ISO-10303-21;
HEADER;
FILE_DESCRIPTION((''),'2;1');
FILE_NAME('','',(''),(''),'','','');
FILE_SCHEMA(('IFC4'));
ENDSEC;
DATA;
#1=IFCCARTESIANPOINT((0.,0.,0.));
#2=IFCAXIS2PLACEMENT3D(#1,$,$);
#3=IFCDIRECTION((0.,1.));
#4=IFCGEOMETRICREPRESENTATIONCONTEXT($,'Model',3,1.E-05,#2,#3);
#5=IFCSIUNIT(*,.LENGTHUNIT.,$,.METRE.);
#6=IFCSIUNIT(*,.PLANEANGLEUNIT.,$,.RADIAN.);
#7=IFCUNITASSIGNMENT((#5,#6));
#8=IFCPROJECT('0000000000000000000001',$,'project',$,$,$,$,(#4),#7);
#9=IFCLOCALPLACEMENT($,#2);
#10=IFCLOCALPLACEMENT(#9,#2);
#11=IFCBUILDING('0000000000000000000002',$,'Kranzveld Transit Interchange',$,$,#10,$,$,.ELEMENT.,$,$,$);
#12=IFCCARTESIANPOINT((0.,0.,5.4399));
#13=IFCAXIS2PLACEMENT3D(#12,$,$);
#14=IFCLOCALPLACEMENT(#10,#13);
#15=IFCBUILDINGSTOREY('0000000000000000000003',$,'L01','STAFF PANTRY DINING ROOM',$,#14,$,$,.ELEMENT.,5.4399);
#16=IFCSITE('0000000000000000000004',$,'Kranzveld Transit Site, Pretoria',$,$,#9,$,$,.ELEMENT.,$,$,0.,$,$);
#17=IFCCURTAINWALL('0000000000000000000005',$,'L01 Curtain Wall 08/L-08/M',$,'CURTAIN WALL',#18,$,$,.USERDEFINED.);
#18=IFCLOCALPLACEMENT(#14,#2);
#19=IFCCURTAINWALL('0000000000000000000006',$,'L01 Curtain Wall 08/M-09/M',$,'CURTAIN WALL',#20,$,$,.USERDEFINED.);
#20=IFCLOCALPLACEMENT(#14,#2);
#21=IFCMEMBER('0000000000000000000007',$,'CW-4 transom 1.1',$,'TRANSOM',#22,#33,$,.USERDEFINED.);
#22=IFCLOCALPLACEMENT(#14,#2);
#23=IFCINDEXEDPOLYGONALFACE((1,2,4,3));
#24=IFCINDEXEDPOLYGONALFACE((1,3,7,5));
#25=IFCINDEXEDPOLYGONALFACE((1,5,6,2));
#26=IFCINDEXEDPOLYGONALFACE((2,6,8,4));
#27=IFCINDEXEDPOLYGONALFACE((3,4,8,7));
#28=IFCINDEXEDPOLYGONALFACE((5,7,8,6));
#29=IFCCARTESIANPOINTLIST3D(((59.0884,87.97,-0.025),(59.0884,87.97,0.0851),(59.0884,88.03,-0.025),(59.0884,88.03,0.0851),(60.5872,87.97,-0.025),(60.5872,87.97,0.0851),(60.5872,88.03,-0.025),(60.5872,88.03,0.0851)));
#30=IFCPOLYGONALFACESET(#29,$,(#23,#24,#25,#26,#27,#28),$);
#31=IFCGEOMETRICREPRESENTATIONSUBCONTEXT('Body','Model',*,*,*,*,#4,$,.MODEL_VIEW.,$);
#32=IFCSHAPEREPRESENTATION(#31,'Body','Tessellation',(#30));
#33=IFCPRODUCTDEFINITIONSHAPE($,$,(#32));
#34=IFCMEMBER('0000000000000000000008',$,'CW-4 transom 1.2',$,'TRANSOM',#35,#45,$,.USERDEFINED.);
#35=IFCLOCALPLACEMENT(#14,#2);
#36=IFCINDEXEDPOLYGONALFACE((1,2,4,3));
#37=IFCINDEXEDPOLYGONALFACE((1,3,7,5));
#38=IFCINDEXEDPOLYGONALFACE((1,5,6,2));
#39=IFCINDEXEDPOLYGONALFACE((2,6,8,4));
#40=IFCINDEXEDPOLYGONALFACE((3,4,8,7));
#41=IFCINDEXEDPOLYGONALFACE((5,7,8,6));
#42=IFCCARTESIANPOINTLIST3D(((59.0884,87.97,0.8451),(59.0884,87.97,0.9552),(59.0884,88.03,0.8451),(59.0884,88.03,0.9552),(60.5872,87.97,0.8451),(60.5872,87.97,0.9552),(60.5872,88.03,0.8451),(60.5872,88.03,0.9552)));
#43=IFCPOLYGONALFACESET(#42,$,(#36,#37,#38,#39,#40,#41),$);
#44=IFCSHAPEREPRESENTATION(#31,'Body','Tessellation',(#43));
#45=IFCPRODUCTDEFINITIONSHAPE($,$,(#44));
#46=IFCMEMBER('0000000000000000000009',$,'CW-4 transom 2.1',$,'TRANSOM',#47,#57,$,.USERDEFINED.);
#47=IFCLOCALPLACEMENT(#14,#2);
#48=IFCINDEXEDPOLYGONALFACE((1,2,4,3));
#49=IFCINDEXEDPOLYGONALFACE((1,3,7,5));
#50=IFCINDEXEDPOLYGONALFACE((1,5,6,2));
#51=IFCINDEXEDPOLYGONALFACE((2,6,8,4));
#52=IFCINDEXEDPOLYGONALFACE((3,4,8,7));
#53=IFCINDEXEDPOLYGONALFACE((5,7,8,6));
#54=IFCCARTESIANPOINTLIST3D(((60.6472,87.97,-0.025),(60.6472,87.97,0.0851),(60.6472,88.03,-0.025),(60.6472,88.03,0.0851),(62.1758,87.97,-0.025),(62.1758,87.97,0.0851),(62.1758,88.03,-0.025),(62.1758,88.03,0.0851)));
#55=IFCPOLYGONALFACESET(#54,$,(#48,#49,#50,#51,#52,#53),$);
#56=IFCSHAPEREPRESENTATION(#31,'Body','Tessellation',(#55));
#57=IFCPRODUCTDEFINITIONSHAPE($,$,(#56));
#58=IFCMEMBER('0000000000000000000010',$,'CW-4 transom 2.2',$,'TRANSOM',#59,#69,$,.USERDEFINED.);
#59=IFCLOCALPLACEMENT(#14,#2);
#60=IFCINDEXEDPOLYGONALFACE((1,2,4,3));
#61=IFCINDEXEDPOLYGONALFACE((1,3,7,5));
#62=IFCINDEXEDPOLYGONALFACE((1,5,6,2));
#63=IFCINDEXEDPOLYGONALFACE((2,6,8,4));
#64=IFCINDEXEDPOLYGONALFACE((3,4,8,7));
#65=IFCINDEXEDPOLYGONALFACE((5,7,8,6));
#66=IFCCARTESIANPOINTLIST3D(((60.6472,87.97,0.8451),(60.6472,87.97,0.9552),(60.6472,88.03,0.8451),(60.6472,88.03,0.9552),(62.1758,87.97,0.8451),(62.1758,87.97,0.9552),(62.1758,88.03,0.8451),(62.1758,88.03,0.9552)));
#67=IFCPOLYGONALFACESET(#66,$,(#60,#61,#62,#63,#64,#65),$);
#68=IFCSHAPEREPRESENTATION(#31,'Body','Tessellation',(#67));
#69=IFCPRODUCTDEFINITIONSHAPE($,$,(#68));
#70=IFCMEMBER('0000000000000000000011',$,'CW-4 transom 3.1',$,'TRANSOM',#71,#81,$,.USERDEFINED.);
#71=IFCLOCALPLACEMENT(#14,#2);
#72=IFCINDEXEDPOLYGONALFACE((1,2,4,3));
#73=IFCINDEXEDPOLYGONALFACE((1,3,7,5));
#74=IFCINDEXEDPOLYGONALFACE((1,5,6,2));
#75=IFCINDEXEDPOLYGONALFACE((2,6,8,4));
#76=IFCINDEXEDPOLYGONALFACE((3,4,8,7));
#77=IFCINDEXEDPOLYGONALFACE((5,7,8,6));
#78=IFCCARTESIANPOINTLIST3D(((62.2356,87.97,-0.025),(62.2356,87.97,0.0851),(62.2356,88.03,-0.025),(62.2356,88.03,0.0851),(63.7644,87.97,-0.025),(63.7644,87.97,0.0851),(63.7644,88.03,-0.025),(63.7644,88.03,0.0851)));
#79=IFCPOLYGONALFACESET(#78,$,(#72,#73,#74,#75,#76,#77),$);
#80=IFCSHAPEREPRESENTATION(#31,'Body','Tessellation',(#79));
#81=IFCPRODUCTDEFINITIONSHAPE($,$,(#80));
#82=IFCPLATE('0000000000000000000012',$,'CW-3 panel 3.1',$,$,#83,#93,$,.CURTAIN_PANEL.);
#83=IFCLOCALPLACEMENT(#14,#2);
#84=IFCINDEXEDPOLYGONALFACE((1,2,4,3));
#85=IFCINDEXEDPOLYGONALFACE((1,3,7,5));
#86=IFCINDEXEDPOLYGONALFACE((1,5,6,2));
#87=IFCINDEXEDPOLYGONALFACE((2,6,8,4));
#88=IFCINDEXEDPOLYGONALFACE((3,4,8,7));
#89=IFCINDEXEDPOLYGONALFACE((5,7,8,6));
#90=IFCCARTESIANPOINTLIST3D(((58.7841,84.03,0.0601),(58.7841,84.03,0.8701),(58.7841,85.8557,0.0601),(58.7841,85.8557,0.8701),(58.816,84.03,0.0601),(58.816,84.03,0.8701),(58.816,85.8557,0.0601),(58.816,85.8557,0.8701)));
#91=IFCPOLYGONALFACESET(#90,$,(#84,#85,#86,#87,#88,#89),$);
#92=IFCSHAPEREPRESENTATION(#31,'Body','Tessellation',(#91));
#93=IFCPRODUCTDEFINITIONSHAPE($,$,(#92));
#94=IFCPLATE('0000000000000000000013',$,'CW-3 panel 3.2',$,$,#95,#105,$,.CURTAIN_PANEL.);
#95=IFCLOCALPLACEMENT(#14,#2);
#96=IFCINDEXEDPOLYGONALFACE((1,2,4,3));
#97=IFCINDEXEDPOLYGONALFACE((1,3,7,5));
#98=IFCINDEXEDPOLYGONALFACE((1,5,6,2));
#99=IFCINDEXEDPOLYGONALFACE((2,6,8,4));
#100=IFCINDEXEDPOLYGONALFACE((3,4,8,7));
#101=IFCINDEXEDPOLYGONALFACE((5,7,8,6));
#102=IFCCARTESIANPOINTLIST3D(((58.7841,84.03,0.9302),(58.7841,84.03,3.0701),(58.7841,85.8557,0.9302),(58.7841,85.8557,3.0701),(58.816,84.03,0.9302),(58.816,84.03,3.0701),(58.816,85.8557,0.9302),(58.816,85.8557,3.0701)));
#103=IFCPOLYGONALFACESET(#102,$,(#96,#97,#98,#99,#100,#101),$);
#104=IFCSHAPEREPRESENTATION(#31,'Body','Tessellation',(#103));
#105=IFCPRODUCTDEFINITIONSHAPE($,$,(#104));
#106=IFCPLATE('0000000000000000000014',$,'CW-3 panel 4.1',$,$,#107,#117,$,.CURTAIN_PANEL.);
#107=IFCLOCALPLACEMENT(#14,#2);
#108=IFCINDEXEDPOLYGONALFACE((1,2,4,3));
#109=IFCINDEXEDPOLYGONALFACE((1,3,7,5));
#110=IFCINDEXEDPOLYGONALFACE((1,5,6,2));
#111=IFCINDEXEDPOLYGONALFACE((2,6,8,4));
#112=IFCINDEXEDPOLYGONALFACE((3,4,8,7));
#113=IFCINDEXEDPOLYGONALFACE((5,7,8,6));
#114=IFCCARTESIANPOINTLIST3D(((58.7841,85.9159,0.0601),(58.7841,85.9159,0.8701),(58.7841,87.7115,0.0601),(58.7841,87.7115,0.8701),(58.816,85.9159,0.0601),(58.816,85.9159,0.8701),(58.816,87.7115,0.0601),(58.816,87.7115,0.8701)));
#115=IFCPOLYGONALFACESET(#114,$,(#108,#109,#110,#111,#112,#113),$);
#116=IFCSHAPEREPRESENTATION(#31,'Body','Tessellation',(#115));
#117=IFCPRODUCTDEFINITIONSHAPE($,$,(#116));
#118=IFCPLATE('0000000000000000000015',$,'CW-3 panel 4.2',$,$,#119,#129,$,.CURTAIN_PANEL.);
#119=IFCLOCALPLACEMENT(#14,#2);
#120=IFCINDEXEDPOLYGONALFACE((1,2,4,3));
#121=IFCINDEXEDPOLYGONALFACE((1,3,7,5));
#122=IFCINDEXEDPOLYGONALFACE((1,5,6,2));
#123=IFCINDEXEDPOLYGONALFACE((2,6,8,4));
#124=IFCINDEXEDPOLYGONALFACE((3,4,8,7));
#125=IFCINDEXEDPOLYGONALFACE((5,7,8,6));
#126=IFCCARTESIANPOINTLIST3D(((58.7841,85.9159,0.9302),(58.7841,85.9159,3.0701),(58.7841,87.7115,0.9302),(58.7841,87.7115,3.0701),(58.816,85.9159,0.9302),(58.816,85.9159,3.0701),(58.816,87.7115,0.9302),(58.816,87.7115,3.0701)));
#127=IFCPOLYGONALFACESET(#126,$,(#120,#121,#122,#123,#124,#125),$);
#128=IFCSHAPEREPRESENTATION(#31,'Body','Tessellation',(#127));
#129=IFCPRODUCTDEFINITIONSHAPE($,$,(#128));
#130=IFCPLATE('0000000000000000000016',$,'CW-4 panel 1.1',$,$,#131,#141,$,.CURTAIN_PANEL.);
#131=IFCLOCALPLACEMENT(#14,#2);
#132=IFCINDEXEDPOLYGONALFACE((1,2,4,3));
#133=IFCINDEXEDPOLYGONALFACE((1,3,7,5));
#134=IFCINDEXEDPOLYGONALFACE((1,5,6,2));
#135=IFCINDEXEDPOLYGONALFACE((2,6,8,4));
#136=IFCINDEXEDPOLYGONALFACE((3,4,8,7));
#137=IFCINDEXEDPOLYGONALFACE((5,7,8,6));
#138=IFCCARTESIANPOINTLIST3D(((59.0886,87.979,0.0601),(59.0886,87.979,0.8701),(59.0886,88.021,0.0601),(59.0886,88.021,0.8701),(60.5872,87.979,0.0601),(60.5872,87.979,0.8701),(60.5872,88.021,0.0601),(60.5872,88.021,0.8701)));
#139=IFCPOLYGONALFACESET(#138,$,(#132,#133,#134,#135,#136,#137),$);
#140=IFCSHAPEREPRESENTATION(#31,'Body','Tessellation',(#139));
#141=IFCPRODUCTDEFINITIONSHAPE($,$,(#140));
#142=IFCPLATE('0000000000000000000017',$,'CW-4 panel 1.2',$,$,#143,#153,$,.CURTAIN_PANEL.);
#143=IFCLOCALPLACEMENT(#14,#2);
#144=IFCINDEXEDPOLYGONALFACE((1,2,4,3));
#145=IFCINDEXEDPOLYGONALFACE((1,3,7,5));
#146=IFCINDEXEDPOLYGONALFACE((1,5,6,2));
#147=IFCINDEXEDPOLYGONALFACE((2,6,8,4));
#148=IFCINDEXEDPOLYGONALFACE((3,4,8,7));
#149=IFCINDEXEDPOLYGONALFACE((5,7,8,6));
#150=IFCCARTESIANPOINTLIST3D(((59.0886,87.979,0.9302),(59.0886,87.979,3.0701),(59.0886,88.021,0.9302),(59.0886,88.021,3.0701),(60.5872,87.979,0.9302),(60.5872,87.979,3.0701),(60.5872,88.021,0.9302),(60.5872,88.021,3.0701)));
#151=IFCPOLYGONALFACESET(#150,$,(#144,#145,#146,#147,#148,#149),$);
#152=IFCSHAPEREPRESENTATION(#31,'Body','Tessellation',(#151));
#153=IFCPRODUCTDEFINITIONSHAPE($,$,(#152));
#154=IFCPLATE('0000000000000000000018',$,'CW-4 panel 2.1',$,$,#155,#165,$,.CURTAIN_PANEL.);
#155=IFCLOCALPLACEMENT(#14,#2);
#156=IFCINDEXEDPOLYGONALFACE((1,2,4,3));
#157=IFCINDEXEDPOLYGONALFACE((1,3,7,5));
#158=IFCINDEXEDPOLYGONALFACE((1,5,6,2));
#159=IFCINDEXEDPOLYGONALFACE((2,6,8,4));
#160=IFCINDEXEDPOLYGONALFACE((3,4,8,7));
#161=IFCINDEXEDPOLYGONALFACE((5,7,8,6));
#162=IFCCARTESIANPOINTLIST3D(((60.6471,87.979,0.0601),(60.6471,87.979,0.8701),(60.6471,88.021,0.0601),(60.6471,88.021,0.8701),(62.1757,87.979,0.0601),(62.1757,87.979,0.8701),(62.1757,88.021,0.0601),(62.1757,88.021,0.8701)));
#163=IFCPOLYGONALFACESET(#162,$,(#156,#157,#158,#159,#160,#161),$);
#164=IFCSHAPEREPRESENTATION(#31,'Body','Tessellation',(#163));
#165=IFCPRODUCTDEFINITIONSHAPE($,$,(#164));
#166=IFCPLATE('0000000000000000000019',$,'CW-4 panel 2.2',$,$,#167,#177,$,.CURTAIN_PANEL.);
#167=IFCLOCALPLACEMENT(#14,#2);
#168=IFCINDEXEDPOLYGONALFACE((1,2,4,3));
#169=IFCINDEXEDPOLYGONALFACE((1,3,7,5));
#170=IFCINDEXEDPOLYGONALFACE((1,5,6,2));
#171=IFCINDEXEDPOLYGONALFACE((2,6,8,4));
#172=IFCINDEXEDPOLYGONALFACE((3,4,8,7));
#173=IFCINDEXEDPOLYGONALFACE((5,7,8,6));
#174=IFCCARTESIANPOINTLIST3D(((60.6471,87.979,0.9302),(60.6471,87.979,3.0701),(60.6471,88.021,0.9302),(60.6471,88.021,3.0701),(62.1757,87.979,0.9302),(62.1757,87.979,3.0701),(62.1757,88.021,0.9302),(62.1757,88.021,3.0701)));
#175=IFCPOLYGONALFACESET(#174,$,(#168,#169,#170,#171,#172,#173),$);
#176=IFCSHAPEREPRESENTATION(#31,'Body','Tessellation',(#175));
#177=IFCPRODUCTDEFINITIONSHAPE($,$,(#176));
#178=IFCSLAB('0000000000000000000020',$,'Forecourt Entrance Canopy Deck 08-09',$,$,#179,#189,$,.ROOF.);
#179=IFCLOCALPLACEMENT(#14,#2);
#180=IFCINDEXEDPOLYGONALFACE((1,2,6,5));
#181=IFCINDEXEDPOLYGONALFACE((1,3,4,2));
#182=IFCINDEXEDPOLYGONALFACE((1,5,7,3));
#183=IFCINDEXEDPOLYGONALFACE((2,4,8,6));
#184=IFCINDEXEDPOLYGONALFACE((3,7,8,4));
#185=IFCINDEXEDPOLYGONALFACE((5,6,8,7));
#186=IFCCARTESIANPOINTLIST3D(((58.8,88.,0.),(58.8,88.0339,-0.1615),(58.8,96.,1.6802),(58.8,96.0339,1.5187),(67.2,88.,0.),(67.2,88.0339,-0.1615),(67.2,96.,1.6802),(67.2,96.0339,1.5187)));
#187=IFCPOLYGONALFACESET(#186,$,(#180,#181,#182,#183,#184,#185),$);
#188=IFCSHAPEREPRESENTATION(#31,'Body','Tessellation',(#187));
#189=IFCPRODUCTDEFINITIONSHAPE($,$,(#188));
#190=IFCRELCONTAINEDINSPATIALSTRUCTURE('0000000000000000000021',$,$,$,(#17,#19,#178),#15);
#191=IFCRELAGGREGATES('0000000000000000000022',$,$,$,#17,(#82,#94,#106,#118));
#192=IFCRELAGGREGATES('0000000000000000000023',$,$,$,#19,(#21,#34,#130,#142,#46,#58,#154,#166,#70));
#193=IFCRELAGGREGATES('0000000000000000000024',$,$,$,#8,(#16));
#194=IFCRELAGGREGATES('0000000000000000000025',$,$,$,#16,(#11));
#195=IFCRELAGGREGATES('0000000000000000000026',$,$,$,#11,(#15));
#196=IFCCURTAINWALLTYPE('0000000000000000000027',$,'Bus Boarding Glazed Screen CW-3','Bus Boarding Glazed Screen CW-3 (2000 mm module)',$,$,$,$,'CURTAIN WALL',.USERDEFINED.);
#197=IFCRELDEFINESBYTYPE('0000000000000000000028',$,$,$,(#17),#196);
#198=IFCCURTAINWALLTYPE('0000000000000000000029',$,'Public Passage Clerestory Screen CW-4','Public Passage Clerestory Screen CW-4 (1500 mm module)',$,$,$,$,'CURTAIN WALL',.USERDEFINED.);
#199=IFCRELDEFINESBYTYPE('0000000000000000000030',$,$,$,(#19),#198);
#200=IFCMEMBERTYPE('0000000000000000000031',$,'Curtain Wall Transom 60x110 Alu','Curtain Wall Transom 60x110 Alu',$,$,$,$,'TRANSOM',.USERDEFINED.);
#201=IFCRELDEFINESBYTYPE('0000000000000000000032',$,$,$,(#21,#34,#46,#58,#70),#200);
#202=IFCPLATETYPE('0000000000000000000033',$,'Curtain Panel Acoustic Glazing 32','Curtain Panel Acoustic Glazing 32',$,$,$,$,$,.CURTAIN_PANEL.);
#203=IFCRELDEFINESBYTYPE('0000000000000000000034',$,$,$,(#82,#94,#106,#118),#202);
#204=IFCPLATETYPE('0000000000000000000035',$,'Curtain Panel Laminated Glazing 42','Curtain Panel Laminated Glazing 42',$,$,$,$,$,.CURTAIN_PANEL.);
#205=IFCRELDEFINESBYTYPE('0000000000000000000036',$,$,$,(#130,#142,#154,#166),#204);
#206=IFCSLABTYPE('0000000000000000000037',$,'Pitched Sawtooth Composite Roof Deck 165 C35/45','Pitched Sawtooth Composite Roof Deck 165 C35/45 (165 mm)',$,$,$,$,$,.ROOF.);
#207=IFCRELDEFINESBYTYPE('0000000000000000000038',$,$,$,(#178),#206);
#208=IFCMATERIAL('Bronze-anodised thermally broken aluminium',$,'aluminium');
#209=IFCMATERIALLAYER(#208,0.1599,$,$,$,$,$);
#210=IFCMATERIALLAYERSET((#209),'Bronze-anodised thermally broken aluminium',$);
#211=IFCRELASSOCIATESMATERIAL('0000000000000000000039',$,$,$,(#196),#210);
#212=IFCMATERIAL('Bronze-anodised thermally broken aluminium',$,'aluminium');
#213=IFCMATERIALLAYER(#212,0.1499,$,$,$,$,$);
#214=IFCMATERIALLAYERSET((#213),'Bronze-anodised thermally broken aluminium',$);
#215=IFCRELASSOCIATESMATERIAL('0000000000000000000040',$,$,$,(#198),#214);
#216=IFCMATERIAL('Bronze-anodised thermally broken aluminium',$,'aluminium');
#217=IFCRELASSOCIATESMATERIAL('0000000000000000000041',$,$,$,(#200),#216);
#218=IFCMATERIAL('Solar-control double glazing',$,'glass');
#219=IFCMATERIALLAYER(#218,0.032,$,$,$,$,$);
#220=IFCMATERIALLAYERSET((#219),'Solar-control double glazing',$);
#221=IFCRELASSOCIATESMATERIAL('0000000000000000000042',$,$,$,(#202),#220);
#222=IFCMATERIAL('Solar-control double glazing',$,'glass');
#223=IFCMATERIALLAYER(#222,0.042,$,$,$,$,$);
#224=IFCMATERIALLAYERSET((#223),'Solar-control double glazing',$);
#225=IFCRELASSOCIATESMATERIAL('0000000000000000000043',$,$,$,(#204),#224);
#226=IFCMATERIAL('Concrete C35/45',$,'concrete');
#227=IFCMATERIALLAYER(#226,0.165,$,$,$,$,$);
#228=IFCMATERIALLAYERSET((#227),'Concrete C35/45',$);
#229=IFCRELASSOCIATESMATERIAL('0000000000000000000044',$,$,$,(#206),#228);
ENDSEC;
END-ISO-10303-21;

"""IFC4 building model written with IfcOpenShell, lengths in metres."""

from ifc_helpers import new_model, si_unit, direction, frame, origin, origin_2d, place, context, subcontext, project, spatial, polyline, rectangle, outline, extrude, material, layer, layer_set, material_profile, profile_set, type_object, element, aggregate, save


model = new_model("IFC4")

# Units and contexts
model_context = context("Model", 3, precision=1e-05, world=origin(), true_north=direction((0.0, 1.0)))
body_context = subcontext(model_context, "Body", "Model", "MODEL_VIEW")
ifc_project = project(units=[si_unit("LENGTHUNIT", "METRE"), si_unit("PLANEANGLEUNIT", "RADIAN")], contexts=[model_context])

# Site, building, storey
site_placement = place(None, origin())
site = spatial("IfcSite", under=ifc_project, at=site_placement, Name="Kranzveld Transit Site, Pretoria", CompositionType="ELEMENT", RefElevation=0.0)
building_placement = place(site_placement, origin())
building = spatial("IfcBuilding", under=site, at=building_placement, Name="Kranzveld Transit Interchange", CompositionType="ELEMENT")
storey_placement = place(building_placement, frame((0.0, 0.0, 5.4399)))
storey = spatial("IfcBuildingStorey", under=building, at=storey_placement, Name="L01", Description="STAFF PANTRY DINING ROOM", CompositionType="ELEMENT", Elevation=5.4399)

# Curtain walls
ifc_material_1 = material(Name="Bronze-anodised thermally broken aluminium", Category="aluminium")
ifc_layer_1 = layer(ifc_material_1, 0.1599)
ifc_layer_set_1 = layer_set([ifc_layer_1], Name="Bronze-anodised thermally broken aluminium")
curtain_wall_type_1 = type_object("IfcCurtainWallType", Name="Bus Boarding Glazed Screen CW-3", Description="Bus Boarding Glazed Screen CW-3 (2000 mm module)", ElementType="CURTAIN WALL", PredefinedType="USERDEFINED", material=ifc_layer_set_1)
curtain_wall_1_placement = place(storey_placement, origin())
curtain_wall_1 = element("IfcCurtainWall", 1, at=curtain_wall_1_placement, inside=storey, type_object=curtain_wall_type_1, Name="L01 Curtain Wall 08/L-08/M", ObjectType="CURTAIN WALL", PredefinedType="USERDEFINED")
ifc_material_2 = material(Name="Bronze-anodised thermally broken aluminium", Category="aluminium")
ifc_layer_2 = layer(ifc_material_2, 0.1499)
ifc_layer_set_2 = layer_set([ifc_layer_2], Name="Bronze-anodised thermally broken aluminium")
curtain_wall_type_2 = type_object("IfcCurtainWallType", Name="Public Passage Clerestory Screen CW-4", Description="Public Passage Clerestory Screen CW-4 (1500 mm module)", ElementType="CURTAIN WALL", PredefinedType="USERDEFINED", material=ifc_layer_set_2)
curtain_wall_2_placement = place(storey_placement, origin())
curtain_wall_2 = element("IfcCurtainWall", 2, at=curtain_wall_2_placement, inside=storey, type_object=curtain_wall_type_2, Name="L01 Curtain Wall 08/M-09/M", ObjectType="CURTAIN WALL", PredefinedType="USERDEFINED")

# Members
ifc_material_3 = material(Name="Bronze-anodised thermally broken aluminium", Category="aluminium")
ifc_material_profile_1 = material_profile(ifc_material_3, rectangle(XDim=0.0601, YDim=0.1101, at=origin_2d()), Name="ALU TRANSOM 60x110")
ifc_profile_set_1 = profile_set([ifc_material_profile_1], Name="Bronze-anodised thermally broken aluminium")
member_type_1 = type_object("IfcMemberType", Name="Curtain Wall Transom 60x110 Alu", Description="Curtain Wall Transom 60x110 Alu", ElementType="TRANSOM", PredefinedType="USERDEFINED", material=ifc_profile_set_1)
member_1_placement = place(storey_placement, frame((59.0884, 88.0, 0.03), z_axis=(1.0, 0.0, 0.0), x_axis=(0.0, 1.0, 0.0)))
member_1 = element("IfcMember", 3, at=member_1_placement, type_object=member_type_1, Name="CW-4 transom 1.1", ObjectType="TRANSOM", PredefinedType="USERDEFINED", context=body_context, shape_type="SweptSolid", body=[
    extrude(rectangle(XDim=0.0601, YDim=0.1101, at=origin_2d()), origin(), (0.0, 0.0, 1.0), 1.4988),
])
member_2_placement = place(storey_placement, frame((59.0884, 88.0, 0.9001), z_axis=(1.0, 0.0, 0.0), x_axis=(0.0, 1.0, 0.0)))
member_2 = element("IfcMember", 4, at=member_2_placement, type_object=member_type_1, Name="CW-4 transom 1.2", ObjectType="TRANSOM", PredefinedType="USERDEFINED", context=body_context, shape_type="SweptSolid", body=[
    extrude(rectangle(XDim=0.0601, YDim=0.1101, at=origin_2d()), origin(), (0.0, 0.0, 1.0), 1.4988),
])
member_3_placement = place(storey_placement, frame((60.6472, 88.0, 0.03), z_axis=(1.0, 0.0, 0.0), x_axis=(0.0, 1.0, 0.0)))
member_3 = element("IfcMember", 5, at=member_3_placement, type_object=member_type_1, Name="CW-4 transom 2.1", ObjectType="TRANSOM", PredefinedType="USERDEFINED", context=body_context, shape_type="SweptSolid", body=[
    extrude(rectangle(XDim=0.0601, YDim=0.1101, at=origin_2d()), origin(), (0.0, 0.0, 1.0), 1.5286),
])
member_4_placement = place(storey_placement, frame((60.6472, 88.0, 0.9001), z_axis=(1.0, 0.0, 0.0), x_axis=(0.0, 1.0, 0.0)))
member_4 = element("IfcMember", 6, at=member_4_placement, type_object=member_type_1, Name="CW-4 transom 2.2", ObjectType="TRANSOM", PredefinedType="USERDEFINED", context=body_context, shape_type="SweptSolid", body=[
    extrude(rectangle(XDim=0.0601, YDim=0.1101, at=origin_2d()), origin(), (0.0, 0.0, 1.0), 1.5286),
])
member_5_placement = place(storey_placement, frame((62.2356, 88.0, 0.03), z_axis=(1.0, 0.0, 0.0), x_axis=(0.0, 1.0, 0.0)))
member_5 = element("IfcMember", 7, at=member_5_placement, type_object=member_type_1, Name="CW-4 transom 3.1", ObjectType="TRANSOM", PredefinedType="USERDEFINED", context=body_context, shape_type="SweptSolid", body=[
    extrude(rectangle(XDim=0.0601, YDim=0.1101, at=origin_2d()), origin(), (0.0, 0.0, 1.0), 1.5288),
])

# Plates
ifc_material_4 = material(Name="Solar-control double glazing", Category="glass")
ifc_layer_3 = layer(ifc_material_4, 0.032)
ifc_layer_set_3 = layer_set([ifc_layer_3], Name="Solar-control double glazing")
plate_type_1 = type_object("IfcPlateType", Name="Curtain Panel Acoustic Glazing 32", Description="Curtain Panel Acoustic Glazing 32", PredefinedType="CURTAIN_PANEL", material=ifc_layer_set_3)
plate_1_placement = place(storey_placement, frame((58.8, 84.9429, 0.0601), z_axis=(0.0, 0.0, 1.0), x_axis=(0.0, 1.0, 0.0)))
plate_1 = element("IfcPlate", 8, at=plate_1_placement, type_object=plate_type_1, Name="CW-3 panel 3.1", PredefinedType="CURTAIN_PANEL", context=body_context, shape_type="SweptSolid", body=[
    extrude(rectangle(XDim=1.8257, YDim=0.032, at=origin_2d()), origin(), (0.0, 0.0, 1.0), 0.8101),
])
plate_2_placement = place(storey_placement, frame((58.8, 84.9429, 0.9302), z_axis=(0.0, 0.0, 1.0), x_axis=(0.0, 1.0, 0.0)))
plate_2 = element("IfcPlate", 9, at=plate_2_placement, type_object=plate_type_1, Name="CW-3 panel 3.2", PredefinedType="CURTAIN_PANEL", context=body_context, shape_type="SweptSolid", body=[
    extrude(rectangle(XDim=1.8257, YDim=0.032, at=origin_2d()), origin(), (0.0, 0.0, 1.0), 2.1399),
])
plate_3_placement = place(storey_placement, frame((58.8, 86.8137, 0.0601), z_axis=(0.0, 0.0, 1.0), x_axis=(0.0, 1.0, 0.0)))
plate_3 = element("IfcPlate", 10, at=plate_3_placement, type_object=plate_type_1, Name="CW-3 panel 4.1", PredefinedType="CURTAIN_PANEL", context=body_context, shape_type="SweptSolid", body=[
    extrude(rectangle(XDim=1.7957, YDim=0.032, at=origin_2d()), origin(), (0.0, 0.0, 1.0), 0.8101),
])
plate_4_placement = place(storey_placement, frame((58.8, 86.8137, 0.9302), z_axis=(0.0, 0.0, 1.0), x_axis=(0.0, 1.0, 0.0)))
plate_4 = element("IfcPlate", 11, at=plate_4_placement, type_object=plate_type_1, Name="CW-3 panel 4.2", PredefinedType="CURTAIN_PANEL", context=body_context, shape_type="SweptSolid", body=[
    extrude(rectangle(XDim=1.7957, YDim=0.032, at=origin_2d()), origin(), (0.0, 0.0, 1.0), 2.1399),
])
aggregate(curtain_wall_1, [plate_1, plate_2, plate_3, plate_4])
ifc_material_5 = material(Name="Solar-control double glazing", Category="glass")
ifc_layer_4 = layer(ifc_material_5, 0.042)
ifc_layer_set_4 = layer_set([ifc_layer_4], Name="Solar-control double glazing")
plate_type_2 = type_object("IfcPlateType", Name="Curtain Panel Laminated Glazing 42", Description="Curtain Panel Laminated Glazing 42", PredefinedType="CURTAIN_PANEL", material=ifc_layer_set_4)
plate_5_placement = place(storey_placement, frame((59.8379, 88.0, 0.0601), z_axis=(0.0, 0.0, 1.0), x_axis=(1.0, 0.0, 0.0)))
plate_5 = element("IfcPlate", 12, at=plate_5_placement, type_object=plate_type_2, Name="CW-4 panel 1.1", PredefinedType="CURTAIN_PANEL", context=body_context, shape_type="SweptSolid", body=[
    extrude(rectangle(XDim=1.4985, YDim=0.042, at=origin_2d()), origin(), (0.0, 0.0, 1.0), 0.8101),
])
plate_6_placement = place(storey_placement, frame((59.8379, 88.0, 0.9302), z_axis=(0.0, 0.0, 1.0), x_axis=(1.0, 0.0, 0.0)))
plate_6 = element("IfcPlate", 13, at=plate_6_placement, type_object=plate_type_2, Name="CW-4 panel 1.2", PredefinedType="CURTAIN_PANEL", context=body_context, shape_type="SweptSolid", body=[
    extrude(rectangle(XDim=1.4985, YDim=0.042, at=origin_2d()), origin(), (0.0, 0.0, 1.0), 2.1399),
])
plate_7_placement = place(storey_placement, frame((61.4114, 88.0, 0.0601), z_axis=(0.0, 0.0, 1.0), x_axis=(1.0, 0.0, 0.0)))
plate_7 = element("IfcPlate", 14, at=plate_7_placement, type_object=plate_type_2, Name="CW-4 panel 2.1", PredefinedType="CURTAIN_PANEL", context=body_context, shape_type="SweptSolid", body=[
    extrude(rectangle(XDim=1.5286, YDim=0.042, at=origin_2d()), origin(), (0.0, 0.0, 1.0), 0.8101),
])
plate_8_placement = place(storey_placement, frame((61.4114, 88.0, 0.9302), z_axis=(0.0, 0.0, 1.0), x_axis=(1.0, 0.0, 0.0)))
plate_8 = element("IfcPlate", 15, at=plate_8_placement, type_object=plate_type_2, Name="CW-4 panel 2.2", PredefinedType="CURTAIN_PANEL", context=body_context, shape_type="SweptSolid", body=[
    extrude(rectangle(XDim=1.5286, YDim=0.042, at=origin_2d()), origin(), (0.0, 0.0, 1.0), 2.1399),
])
aggregate(curtain_wall_2, [member_1, member_2, plate_5, plate_6, member_3, member_4, plate_7, plate_8, member_5])

# Slab
ifc_material_6 = material(Name="Concrete C35/45", Category="concrete")
ifc_layer_5 = layer(ifc_material_6, 0.165)
ifc_layer_set_5 = layer_set([ifc_layer_5], Name="Concrete C35/45")
slab_type = type_object("IfcSlabType", Name="Pitched Sawtooth Composite Roof Deck 165 C35/45", Description="Pitched Sawtooth Composite Roof Deck 165 C35/45 (165 mm)", PredefinedType="ROOF", material=ifc_layer_set_5)
slab_placement = place(storey_placement, frame((58.8, 88.0, 0.0), z_axis=(0.0, -0.205538, 0.978649), x_axis=(1.0, 0.0, 0.0)))
element("IfcSlab", 16, at=slab_placement, inside=storey, type_object=slab_type, Name="Forecourt Entrance Canopy Deck 08-09", PredefinedType="ROOF", context=body_context, shape_type="SweptSolid", body=[
    extrude(outline(polyline([(0.0, 0.0), (8.3999, 0.0), (8.3999, 8.1745), (0.0, 8.1745), (0.0, 0.0)])), origin(), (0.0, 0.0, -1.0), 0.165),
])

save(model, "model.ifc")
